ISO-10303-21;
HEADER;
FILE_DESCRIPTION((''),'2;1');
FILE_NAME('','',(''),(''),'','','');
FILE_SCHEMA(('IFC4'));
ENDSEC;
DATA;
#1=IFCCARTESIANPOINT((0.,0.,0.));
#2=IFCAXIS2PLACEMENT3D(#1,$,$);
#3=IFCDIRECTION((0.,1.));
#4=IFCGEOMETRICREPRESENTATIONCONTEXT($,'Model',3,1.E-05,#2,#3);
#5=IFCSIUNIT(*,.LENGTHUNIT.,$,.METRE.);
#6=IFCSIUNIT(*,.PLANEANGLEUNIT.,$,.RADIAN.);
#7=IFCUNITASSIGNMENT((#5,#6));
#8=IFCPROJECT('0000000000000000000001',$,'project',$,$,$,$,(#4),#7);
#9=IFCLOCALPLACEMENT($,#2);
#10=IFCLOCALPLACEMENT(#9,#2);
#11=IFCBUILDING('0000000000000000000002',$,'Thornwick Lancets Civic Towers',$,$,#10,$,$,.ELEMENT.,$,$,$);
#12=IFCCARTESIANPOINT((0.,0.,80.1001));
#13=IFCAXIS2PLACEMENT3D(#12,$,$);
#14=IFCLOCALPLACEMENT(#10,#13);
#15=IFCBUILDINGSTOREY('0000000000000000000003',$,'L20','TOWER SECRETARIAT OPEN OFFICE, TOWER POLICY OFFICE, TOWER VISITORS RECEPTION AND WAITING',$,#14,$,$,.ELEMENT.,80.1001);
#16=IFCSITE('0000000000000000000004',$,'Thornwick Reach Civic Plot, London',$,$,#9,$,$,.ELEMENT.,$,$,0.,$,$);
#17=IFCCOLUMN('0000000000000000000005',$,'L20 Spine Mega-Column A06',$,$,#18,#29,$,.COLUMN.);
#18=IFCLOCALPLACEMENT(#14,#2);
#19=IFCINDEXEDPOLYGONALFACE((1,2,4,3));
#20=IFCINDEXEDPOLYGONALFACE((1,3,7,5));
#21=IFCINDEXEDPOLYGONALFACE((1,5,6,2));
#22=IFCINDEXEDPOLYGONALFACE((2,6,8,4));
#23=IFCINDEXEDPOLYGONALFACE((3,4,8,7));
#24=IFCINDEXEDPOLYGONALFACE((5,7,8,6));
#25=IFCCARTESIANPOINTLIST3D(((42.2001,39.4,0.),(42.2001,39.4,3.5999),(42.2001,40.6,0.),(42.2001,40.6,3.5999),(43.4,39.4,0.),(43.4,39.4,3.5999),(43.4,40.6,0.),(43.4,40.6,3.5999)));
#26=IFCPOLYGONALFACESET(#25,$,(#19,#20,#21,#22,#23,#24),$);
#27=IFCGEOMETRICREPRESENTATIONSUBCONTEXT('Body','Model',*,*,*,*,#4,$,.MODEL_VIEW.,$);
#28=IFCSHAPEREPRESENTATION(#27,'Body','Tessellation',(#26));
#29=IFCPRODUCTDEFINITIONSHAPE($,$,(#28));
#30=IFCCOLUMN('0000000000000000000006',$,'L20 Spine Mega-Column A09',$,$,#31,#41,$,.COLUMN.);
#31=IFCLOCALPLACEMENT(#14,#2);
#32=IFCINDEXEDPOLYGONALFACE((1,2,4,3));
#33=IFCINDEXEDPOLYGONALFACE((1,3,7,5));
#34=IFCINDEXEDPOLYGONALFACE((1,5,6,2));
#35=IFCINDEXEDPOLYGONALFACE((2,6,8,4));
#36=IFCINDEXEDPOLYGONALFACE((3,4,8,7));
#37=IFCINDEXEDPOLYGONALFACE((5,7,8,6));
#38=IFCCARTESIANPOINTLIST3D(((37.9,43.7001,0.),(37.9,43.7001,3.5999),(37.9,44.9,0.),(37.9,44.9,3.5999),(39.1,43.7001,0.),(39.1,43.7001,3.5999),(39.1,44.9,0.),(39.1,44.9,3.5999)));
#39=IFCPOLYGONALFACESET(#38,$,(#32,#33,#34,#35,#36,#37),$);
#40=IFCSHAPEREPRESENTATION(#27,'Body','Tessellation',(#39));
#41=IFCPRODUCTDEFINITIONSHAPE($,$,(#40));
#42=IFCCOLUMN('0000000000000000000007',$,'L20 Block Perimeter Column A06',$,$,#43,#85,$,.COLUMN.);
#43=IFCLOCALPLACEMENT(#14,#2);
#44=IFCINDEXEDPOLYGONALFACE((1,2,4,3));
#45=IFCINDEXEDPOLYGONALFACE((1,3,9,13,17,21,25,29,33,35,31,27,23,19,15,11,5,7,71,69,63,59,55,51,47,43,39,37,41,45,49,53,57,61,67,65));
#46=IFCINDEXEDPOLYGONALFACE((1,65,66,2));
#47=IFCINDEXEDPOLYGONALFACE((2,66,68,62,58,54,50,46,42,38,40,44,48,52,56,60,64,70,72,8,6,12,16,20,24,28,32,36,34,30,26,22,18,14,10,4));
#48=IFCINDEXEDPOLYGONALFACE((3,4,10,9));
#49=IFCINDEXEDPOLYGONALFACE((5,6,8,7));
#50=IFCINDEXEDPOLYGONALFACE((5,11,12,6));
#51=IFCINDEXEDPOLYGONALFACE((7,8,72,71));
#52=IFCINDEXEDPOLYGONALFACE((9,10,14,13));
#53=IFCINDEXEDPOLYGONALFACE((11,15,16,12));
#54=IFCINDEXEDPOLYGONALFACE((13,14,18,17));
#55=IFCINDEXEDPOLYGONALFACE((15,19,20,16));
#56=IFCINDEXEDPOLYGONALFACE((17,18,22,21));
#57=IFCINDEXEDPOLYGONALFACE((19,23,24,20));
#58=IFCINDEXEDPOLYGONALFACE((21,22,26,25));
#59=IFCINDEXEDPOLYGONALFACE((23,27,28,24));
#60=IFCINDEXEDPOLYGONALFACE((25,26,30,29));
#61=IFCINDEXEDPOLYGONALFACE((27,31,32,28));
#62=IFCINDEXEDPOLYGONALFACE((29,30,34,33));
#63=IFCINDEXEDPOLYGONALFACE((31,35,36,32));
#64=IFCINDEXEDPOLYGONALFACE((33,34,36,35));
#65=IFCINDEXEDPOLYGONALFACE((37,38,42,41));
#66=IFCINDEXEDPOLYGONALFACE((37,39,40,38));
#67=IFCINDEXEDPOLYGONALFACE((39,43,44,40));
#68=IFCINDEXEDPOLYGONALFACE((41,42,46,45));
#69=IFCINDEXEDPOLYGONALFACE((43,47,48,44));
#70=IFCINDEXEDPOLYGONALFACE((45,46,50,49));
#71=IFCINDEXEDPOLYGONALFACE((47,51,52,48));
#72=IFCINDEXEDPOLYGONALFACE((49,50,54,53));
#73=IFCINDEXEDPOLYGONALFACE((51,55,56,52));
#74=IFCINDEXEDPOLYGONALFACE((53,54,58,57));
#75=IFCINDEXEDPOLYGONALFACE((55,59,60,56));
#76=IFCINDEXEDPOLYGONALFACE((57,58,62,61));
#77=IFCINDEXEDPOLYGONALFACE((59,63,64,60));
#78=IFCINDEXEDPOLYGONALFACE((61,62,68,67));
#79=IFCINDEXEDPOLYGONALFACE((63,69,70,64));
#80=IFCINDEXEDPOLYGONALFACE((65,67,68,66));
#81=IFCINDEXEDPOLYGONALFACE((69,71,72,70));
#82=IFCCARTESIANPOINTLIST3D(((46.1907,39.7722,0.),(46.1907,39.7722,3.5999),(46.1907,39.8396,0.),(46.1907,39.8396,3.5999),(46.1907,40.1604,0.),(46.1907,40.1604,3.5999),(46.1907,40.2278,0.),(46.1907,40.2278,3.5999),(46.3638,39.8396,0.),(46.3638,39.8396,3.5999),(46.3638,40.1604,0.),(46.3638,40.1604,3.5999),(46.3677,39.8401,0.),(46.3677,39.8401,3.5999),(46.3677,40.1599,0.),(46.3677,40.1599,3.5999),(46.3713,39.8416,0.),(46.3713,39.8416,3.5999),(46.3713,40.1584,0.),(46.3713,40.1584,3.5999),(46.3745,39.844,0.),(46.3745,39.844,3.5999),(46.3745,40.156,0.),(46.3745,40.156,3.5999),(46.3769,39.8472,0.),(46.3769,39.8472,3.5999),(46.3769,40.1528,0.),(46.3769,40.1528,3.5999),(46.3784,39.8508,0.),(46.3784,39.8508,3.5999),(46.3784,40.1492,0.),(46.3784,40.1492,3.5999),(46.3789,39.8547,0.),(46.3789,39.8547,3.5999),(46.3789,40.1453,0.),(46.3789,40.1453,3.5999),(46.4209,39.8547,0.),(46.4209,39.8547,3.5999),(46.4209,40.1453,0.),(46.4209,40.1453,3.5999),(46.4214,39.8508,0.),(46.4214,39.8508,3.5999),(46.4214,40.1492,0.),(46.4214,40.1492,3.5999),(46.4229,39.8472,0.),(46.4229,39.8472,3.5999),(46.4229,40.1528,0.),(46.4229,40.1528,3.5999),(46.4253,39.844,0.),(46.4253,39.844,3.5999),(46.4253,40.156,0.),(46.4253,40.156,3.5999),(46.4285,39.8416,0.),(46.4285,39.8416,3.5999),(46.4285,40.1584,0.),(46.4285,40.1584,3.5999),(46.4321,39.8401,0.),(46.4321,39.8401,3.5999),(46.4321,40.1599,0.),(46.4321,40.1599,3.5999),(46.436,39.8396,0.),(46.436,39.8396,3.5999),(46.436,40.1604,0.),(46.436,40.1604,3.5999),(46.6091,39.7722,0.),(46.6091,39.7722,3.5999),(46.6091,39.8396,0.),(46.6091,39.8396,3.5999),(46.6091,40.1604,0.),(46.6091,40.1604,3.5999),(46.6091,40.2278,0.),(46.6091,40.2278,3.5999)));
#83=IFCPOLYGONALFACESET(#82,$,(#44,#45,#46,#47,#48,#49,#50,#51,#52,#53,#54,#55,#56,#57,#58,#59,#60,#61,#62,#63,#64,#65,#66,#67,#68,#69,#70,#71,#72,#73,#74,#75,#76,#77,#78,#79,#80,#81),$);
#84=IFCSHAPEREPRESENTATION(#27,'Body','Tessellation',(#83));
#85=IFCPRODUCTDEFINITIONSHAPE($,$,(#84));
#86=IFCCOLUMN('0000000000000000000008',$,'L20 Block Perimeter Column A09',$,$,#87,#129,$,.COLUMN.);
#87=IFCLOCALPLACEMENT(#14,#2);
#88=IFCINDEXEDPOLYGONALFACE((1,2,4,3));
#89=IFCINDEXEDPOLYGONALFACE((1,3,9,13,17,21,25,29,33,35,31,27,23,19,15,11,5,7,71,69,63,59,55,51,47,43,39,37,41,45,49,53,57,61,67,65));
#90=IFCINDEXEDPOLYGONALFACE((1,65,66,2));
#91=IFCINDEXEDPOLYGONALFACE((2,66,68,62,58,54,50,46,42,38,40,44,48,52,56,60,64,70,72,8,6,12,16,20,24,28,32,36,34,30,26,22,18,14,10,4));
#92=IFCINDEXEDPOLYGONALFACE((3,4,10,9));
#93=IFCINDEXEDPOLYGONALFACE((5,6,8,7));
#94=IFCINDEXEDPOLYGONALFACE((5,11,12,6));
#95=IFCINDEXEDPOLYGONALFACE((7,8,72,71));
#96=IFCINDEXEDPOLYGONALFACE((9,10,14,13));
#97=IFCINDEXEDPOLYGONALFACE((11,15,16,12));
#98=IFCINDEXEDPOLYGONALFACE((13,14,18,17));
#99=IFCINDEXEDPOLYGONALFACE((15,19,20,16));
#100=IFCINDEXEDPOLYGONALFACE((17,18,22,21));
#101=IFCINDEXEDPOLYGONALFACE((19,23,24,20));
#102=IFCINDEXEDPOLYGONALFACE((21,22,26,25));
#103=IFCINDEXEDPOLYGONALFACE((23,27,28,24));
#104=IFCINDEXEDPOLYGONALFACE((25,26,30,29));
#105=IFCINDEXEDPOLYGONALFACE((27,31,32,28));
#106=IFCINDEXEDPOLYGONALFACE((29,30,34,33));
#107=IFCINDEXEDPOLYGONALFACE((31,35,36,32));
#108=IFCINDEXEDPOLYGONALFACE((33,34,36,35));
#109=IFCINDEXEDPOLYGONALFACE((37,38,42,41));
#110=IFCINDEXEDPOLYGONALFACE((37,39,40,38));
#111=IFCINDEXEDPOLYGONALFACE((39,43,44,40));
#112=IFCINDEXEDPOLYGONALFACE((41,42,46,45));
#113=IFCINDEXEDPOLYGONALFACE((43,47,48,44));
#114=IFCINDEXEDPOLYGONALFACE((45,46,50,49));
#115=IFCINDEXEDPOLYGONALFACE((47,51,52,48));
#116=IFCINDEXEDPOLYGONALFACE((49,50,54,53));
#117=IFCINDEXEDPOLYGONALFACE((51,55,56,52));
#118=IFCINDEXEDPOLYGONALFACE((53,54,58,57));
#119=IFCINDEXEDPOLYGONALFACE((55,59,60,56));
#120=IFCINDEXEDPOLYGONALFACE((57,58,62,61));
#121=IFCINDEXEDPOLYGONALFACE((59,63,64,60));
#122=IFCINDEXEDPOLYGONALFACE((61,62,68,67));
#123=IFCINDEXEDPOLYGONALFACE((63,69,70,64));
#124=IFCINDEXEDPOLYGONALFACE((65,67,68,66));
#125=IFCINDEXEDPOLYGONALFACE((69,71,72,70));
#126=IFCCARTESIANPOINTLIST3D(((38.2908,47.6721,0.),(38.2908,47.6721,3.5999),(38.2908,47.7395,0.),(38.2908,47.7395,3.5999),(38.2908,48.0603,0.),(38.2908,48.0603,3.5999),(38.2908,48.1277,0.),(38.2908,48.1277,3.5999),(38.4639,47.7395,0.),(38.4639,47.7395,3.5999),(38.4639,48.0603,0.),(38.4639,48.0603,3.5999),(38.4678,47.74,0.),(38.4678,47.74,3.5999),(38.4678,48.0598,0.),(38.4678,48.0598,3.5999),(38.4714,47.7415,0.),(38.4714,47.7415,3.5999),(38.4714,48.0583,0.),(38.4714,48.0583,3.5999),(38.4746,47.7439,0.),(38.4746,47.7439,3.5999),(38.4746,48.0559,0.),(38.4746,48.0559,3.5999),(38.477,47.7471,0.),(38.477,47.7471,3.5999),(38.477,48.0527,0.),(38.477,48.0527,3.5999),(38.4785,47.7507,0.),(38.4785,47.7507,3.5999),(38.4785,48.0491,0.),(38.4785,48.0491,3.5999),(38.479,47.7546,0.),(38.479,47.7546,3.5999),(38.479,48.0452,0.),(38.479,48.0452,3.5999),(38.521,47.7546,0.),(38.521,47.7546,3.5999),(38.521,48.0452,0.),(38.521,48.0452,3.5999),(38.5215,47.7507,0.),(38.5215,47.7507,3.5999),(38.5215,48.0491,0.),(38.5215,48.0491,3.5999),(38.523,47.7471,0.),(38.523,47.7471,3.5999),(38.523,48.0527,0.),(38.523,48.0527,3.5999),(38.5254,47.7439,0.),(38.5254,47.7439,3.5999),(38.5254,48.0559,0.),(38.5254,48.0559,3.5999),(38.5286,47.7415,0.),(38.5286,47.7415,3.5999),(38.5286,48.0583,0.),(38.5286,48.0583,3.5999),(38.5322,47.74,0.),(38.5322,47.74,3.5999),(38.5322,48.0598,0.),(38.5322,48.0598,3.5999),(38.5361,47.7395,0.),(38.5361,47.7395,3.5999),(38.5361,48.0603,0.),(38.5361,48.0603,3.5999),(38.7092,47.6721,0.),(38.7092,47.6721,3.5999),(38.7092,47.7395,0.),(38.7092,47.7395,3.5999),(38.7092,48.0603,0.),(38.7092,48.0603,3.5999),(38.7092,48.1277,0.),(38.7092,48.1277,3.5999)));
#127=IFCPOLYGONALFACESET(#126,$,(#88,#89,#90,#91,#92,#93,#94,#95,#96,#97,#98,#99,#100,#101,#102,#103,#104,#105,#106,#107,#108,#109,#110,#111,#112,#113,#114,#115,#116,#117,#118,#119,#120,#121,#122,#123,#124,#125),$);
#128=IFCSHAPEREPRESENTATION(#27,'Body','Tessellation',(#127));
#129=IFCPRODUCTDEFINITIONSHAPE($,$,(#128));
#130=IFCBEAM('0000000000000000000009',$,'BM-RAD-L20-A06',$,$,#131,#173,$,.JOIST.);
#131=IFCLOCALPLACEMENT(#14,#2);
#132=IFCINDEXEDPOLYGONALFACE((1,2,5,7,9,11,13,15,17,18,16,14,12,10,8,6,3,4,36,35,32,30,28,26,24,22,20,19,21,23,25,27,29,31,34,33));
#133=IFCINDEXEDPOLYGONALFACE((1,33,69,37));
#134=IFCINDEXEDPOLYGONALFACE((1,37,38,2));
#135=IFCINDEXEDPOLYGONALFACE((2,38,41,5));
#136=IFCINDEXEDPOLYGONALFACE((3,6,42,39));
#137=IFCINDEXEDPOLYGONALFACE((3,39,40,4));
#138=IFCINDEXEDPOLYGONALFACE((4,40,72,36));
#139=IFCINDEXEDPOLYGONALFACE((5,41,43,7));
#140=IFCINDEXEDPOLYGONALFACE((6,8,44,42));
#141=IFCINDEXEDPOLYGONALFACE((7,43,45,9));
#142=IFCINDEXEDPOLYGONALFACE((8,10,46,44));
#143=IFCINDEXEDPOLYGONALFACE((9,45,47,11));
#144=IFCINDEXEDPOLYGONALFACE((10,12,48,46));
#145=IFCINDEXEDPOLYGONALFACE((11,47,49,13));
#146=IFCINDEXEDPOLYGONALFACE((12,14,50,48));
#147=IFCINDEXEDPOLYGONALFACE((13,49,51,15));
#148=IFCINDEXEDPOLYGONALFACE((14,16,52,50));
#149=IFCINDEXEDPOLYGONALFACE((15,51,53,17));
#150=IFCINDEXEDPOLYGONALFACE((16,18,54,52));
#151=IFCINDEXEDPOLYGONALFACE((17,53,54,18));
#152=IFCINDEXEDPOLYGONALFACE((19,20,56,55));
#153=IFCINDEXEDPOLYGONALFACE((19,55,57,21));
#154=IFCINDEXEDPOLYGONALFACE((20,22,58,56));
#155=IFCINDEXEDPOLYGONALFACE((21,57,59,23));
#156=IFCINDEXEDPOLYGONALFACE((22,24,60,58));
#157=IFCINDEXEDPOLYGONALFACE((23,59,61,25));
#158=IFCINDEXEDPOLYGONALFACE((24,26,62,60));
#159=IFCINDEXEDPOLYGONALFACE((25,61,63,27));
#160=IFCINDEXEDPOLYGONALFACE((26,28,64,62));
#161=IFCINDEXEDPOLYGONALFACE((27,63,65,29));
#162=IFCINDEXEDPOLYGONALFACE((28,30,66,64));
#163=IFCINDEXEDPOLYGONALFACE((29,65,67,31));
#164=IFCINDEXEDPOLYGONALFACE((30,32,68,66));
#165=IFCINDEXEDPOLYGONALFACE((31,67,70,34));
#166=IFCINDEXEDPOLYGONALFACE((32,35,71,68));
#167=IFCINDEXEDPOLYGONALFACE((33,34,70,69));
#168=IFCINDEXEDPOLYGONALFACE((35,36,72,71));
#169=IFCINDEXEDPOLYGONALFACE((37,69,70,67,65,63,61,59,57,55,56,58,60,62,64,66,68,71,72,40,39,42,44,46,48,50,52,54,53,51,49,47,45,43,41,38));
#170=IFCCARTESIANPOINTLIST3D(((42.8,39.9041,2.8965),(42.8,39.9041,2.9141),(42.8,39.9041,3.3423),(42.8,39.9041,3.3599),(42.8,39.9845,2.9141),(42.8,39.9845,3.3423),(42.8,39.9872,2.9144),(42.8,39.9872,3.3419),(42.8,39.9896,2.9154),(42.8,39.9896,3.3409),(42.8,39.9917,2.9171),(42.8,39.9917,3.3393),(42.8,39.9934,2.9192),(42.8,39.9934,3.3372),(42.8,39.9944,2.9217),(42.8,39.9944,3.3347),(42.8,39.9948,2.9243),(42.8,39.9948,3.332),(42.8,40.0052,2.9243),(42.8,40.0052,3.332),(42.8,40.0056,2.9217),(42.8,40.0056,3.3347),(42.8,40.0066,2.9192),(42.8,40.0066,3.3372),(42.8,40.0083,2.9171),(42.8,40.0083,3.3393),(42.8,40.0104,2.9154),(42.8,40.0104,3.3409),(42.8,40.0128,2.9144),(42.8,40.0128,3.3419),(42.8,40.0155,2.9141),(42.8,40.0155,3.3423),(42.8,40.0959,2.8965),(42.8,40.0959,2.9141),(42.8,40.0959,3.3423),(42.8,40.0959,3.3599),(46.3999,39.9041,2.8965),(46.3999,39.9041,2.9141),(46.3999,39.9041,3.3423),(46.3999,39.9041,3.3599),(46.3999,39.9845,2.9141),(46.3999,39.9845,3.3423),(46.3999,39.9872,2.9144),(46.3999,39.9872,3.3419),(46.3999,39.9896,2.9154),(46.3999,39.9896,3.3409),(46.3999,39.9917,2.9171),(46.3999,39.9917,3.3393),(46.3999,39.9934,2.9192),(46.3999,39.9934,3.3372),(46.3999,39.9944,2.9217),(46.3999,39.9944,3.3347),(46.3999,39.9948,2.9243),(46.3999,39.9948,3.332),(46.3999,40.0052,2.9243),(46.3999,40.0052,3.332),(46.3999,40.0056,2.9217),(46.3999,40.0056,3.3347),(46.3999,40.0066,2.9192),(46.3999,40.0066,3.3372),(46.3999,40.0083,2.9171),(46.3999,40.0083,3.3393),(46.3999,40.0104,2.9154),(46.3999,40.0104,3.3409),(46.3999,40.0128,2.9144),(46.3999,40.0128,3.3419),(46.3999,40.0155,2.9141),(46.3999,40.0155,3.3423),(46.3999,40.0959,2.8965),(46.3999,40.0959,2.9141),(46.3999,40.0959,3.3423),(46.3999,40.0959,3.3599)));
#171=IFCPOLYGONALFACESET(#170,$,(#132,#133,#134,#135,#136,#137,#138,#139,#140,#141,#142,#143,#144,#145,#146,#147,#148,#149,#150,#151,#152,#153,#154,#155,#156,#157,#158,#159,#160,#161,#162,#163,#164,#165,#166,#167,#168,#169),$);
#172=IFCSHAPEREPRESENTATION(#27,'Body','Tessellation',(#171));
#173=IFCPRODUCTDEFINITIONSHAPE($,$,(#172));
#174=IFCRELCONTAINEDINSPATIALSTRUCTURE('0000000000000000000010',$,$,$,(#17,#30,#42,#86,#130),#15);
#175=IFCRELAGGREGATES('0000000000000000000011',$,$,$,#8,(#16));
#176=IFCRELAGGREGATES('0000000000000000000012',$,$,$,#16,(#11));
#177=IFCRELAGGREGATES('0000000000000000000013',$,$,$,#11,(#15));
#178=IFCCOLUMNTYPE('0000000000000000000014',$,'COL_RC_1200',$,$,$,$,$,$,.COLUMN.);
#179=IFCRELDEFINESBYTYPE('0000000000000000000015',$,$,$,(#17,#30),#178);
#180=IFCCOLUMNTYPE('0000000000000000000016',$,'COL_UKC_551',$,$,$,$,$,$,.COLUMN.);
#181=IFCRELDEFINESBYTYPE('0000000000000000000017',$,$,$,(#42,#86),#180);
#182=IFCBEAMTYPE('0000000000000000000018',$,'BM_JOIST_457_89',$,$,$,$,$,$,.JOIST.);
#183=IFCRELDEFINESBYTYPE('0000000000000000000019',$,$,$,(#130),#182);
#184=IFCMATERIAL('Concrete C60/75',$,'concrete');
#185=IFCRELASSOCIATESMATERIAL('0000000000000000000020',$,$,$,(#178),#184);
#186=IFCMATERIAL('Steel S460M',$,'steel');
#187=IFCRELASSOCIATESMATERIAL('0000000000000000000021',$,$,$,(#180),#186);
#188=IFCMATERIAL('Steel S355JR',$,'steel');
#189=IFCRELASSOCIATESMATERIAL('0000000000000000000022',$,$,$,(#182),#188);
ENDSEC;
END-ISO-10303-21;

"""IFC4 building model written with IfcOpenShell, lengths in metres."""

from ifc_helpers import new_model, si_unit, direction, frame, origin, origin_2d, place, context, subcontext, project, spatial, rectangle, i_section, extrude, material, material_profile, profile_set, type_object, element, save


model = new_model("IFC4")

# Units and contexts
model_context = context("Model", 3, precision=1e-05, world=origin(), true_north=direction((0.0, 1.0)))
body_context = subcontext(model_context, "Body", "Model", "MODEL_VIEW")
ifc_project = project(units=[si_unit("LENGTHUNIT", "METRE"), si_unit("PLANEANGLEUNIT", "RADIAN")], contexts=[model_context])

# Site, building, storey
site_placement = place(None, origin())
site = spatial("IfcSite", under=ifc_project, at=site_placement, Name="Thornwick Reach Civic Plot, London", CompositionType="ELEMENT", RefElevation=0.0)
building_placement = place(site_placement, origin())
building = spatial("IfcBuilding", under=site, at=building_placement, Name="Thornwick Lancets Civic Towers", CompositionType="ELEMENT")
storey_placement = place(building_placement, frame((0.0, 0.0, 80.1001)))
storey = spatial("IfcBuildingStorey", under=building, at=storey_placement, Name="L20", Description="TOWER SECRETARIAT OPEN OFFICE, TOWER POLICY OFFICE, TOWER VISITORS RECEPTION AND WAITING", CompositionType="ELEMENT", Elevation=80.1001)

# Columns
ifc_material_1 = material(Name="Concrete C60/75", Category="concrete")
ifc_material_profile_1 = material_profile(ifc_material_1, rectangle(XDim=1.2, YDim=1.2, at=origin_2d()), Name="RC 1200x1200")
ifc_profile_set_1 = profile_set([ifc_material_profile_1], Name="Concrete C60/75")
column_type_1 = type_object("IfcColumnType", Name="COL_RC_1200", PredefinedType="COLUMN", material=ifc_profile_set_1)
for number, where, z_axis, x_axis, name in (
    (1, (42.8, 40.0, 0.0), (0.0, 0.0, 1.0), (1.0, 0.0, 0.0), "L20 Spine Mega-Column A06"),
    (2, (38.5, 44.3, 0.0), (0.0, 0.0, 1.0), (1.0, 0.0, 0.0), "L20 Spine Mega-Column A09"),
):
    element("IfcColumn", number, at=place(storey_placement, frame(where, z_axis=z_axis, x_axis=x_axis)), inside=storey, type_object=column_type_1, Name=name, PredefinedType="COLUMN", context=body_context, shape_type="SweptSolid", body=[
        extrude(rectangle(XDim=1.2, YDim=1.2, at=origin_2d()), origin(), (0.0, 0.0, 1.0), 3.5999),
    ])
ifc_material_2 = material(Name="Steel S460M", Category="steel")
ifc_material_profile_2 = material_profile(ifc_material_2, i_section(OverallWidth=0.4185, OverallDepth=0.4556, WebThickness=0.042, FlangeThickness=0.0674, FilletRadius=0.0151, at=origin_2d()), Name="UKC 356x406x551")
ifc_profile_set_2 = profile_set([ifc_material_profile_2], Name="Steel S460M")
column_type_2 = type_object("IfcColumnType", Name="COL_UKC_551", PredefinedType="COLUMN", material=ifc_profile_set_2)
for number, where, z_axis, x_axis, name in (
    (3, (46.3999, 40.0, 0.0), (0.0, 0.0, 1.0), (1.0, 0.0, 0.0), "L20 Block Perimeter Column A06"),
    (4, (38.5, 47.8999, 0.0), (0.0, 0.0, 1.0), (1.0, 0.0, 0.0), "L20 Block Perimeter Column A09"),
):
    element("IfcColumn", number, at=place(storey_placement, frame(where, z_axis=z_axis, x_axis=x_axis)), inside=storey, type_object=column_type_2, Name=name, PredefinedType="COLUMN", context=body_context, shape_type="SweptSolid", body=[
        extrude(i_section(OverallWidth=0.4185, OverallDepth=0.4556, WebThickness=0.042, FlangeThickness=0.0674, FilletRadius=0.0151, at=origin_2d()), origin(), (0.0, 0.0, 1.0), 3.5999),
    ])

# Beam
ifc_material_3 = material(Name="Steel S355JR", Category="steel")
ifc_material_profile_3 = material_profile(ifc_material_3, i_section(OverallWidth=0.1919, OverallDepth=0.4634, WebThickness=0.0105, FlangeThickness=0.0176, FilletRadius=0.0103, at=origin_2d()), Name="UKB 457x191x89")
ifc_profile_set_3 = profile_set([ifc_material_profile_3], Name="Steel S355JR")
beam_type_1 = type_object("IfcBeamType", Name="BM_JOIST_457_89", PredefinedType="JOIST", material=ifc_profile_set_3)
for number, where, z_axis, x_axis, name in (
    (5, (42.8, 40.0, 3.1282), (1.0, 0.0, 0.0), (0.0, 1.0, 0.0), "BM-RAD-L20-A06"),
):
    element("IfcBeam", number, at=place(storey_placement, frame(where, z_axis=z_axis, x_axis=x_axis)), inside=storey, type_object=beam_type_1, Name=name, PredefinedType="JOIST", context=body_context, shape_type="SweptSolid", body=[
        extrude(i_section(OverallWidth=0.1919, OverallDepth=0.4634, WebThickness=0.0105, FlangeThickness=0.0176, FilletRadius=0.0103, at=origin_2d()), origin(), (0.0, 0.0, 1.0), 3.5999),
    ])

save(model, "model.ifc")
